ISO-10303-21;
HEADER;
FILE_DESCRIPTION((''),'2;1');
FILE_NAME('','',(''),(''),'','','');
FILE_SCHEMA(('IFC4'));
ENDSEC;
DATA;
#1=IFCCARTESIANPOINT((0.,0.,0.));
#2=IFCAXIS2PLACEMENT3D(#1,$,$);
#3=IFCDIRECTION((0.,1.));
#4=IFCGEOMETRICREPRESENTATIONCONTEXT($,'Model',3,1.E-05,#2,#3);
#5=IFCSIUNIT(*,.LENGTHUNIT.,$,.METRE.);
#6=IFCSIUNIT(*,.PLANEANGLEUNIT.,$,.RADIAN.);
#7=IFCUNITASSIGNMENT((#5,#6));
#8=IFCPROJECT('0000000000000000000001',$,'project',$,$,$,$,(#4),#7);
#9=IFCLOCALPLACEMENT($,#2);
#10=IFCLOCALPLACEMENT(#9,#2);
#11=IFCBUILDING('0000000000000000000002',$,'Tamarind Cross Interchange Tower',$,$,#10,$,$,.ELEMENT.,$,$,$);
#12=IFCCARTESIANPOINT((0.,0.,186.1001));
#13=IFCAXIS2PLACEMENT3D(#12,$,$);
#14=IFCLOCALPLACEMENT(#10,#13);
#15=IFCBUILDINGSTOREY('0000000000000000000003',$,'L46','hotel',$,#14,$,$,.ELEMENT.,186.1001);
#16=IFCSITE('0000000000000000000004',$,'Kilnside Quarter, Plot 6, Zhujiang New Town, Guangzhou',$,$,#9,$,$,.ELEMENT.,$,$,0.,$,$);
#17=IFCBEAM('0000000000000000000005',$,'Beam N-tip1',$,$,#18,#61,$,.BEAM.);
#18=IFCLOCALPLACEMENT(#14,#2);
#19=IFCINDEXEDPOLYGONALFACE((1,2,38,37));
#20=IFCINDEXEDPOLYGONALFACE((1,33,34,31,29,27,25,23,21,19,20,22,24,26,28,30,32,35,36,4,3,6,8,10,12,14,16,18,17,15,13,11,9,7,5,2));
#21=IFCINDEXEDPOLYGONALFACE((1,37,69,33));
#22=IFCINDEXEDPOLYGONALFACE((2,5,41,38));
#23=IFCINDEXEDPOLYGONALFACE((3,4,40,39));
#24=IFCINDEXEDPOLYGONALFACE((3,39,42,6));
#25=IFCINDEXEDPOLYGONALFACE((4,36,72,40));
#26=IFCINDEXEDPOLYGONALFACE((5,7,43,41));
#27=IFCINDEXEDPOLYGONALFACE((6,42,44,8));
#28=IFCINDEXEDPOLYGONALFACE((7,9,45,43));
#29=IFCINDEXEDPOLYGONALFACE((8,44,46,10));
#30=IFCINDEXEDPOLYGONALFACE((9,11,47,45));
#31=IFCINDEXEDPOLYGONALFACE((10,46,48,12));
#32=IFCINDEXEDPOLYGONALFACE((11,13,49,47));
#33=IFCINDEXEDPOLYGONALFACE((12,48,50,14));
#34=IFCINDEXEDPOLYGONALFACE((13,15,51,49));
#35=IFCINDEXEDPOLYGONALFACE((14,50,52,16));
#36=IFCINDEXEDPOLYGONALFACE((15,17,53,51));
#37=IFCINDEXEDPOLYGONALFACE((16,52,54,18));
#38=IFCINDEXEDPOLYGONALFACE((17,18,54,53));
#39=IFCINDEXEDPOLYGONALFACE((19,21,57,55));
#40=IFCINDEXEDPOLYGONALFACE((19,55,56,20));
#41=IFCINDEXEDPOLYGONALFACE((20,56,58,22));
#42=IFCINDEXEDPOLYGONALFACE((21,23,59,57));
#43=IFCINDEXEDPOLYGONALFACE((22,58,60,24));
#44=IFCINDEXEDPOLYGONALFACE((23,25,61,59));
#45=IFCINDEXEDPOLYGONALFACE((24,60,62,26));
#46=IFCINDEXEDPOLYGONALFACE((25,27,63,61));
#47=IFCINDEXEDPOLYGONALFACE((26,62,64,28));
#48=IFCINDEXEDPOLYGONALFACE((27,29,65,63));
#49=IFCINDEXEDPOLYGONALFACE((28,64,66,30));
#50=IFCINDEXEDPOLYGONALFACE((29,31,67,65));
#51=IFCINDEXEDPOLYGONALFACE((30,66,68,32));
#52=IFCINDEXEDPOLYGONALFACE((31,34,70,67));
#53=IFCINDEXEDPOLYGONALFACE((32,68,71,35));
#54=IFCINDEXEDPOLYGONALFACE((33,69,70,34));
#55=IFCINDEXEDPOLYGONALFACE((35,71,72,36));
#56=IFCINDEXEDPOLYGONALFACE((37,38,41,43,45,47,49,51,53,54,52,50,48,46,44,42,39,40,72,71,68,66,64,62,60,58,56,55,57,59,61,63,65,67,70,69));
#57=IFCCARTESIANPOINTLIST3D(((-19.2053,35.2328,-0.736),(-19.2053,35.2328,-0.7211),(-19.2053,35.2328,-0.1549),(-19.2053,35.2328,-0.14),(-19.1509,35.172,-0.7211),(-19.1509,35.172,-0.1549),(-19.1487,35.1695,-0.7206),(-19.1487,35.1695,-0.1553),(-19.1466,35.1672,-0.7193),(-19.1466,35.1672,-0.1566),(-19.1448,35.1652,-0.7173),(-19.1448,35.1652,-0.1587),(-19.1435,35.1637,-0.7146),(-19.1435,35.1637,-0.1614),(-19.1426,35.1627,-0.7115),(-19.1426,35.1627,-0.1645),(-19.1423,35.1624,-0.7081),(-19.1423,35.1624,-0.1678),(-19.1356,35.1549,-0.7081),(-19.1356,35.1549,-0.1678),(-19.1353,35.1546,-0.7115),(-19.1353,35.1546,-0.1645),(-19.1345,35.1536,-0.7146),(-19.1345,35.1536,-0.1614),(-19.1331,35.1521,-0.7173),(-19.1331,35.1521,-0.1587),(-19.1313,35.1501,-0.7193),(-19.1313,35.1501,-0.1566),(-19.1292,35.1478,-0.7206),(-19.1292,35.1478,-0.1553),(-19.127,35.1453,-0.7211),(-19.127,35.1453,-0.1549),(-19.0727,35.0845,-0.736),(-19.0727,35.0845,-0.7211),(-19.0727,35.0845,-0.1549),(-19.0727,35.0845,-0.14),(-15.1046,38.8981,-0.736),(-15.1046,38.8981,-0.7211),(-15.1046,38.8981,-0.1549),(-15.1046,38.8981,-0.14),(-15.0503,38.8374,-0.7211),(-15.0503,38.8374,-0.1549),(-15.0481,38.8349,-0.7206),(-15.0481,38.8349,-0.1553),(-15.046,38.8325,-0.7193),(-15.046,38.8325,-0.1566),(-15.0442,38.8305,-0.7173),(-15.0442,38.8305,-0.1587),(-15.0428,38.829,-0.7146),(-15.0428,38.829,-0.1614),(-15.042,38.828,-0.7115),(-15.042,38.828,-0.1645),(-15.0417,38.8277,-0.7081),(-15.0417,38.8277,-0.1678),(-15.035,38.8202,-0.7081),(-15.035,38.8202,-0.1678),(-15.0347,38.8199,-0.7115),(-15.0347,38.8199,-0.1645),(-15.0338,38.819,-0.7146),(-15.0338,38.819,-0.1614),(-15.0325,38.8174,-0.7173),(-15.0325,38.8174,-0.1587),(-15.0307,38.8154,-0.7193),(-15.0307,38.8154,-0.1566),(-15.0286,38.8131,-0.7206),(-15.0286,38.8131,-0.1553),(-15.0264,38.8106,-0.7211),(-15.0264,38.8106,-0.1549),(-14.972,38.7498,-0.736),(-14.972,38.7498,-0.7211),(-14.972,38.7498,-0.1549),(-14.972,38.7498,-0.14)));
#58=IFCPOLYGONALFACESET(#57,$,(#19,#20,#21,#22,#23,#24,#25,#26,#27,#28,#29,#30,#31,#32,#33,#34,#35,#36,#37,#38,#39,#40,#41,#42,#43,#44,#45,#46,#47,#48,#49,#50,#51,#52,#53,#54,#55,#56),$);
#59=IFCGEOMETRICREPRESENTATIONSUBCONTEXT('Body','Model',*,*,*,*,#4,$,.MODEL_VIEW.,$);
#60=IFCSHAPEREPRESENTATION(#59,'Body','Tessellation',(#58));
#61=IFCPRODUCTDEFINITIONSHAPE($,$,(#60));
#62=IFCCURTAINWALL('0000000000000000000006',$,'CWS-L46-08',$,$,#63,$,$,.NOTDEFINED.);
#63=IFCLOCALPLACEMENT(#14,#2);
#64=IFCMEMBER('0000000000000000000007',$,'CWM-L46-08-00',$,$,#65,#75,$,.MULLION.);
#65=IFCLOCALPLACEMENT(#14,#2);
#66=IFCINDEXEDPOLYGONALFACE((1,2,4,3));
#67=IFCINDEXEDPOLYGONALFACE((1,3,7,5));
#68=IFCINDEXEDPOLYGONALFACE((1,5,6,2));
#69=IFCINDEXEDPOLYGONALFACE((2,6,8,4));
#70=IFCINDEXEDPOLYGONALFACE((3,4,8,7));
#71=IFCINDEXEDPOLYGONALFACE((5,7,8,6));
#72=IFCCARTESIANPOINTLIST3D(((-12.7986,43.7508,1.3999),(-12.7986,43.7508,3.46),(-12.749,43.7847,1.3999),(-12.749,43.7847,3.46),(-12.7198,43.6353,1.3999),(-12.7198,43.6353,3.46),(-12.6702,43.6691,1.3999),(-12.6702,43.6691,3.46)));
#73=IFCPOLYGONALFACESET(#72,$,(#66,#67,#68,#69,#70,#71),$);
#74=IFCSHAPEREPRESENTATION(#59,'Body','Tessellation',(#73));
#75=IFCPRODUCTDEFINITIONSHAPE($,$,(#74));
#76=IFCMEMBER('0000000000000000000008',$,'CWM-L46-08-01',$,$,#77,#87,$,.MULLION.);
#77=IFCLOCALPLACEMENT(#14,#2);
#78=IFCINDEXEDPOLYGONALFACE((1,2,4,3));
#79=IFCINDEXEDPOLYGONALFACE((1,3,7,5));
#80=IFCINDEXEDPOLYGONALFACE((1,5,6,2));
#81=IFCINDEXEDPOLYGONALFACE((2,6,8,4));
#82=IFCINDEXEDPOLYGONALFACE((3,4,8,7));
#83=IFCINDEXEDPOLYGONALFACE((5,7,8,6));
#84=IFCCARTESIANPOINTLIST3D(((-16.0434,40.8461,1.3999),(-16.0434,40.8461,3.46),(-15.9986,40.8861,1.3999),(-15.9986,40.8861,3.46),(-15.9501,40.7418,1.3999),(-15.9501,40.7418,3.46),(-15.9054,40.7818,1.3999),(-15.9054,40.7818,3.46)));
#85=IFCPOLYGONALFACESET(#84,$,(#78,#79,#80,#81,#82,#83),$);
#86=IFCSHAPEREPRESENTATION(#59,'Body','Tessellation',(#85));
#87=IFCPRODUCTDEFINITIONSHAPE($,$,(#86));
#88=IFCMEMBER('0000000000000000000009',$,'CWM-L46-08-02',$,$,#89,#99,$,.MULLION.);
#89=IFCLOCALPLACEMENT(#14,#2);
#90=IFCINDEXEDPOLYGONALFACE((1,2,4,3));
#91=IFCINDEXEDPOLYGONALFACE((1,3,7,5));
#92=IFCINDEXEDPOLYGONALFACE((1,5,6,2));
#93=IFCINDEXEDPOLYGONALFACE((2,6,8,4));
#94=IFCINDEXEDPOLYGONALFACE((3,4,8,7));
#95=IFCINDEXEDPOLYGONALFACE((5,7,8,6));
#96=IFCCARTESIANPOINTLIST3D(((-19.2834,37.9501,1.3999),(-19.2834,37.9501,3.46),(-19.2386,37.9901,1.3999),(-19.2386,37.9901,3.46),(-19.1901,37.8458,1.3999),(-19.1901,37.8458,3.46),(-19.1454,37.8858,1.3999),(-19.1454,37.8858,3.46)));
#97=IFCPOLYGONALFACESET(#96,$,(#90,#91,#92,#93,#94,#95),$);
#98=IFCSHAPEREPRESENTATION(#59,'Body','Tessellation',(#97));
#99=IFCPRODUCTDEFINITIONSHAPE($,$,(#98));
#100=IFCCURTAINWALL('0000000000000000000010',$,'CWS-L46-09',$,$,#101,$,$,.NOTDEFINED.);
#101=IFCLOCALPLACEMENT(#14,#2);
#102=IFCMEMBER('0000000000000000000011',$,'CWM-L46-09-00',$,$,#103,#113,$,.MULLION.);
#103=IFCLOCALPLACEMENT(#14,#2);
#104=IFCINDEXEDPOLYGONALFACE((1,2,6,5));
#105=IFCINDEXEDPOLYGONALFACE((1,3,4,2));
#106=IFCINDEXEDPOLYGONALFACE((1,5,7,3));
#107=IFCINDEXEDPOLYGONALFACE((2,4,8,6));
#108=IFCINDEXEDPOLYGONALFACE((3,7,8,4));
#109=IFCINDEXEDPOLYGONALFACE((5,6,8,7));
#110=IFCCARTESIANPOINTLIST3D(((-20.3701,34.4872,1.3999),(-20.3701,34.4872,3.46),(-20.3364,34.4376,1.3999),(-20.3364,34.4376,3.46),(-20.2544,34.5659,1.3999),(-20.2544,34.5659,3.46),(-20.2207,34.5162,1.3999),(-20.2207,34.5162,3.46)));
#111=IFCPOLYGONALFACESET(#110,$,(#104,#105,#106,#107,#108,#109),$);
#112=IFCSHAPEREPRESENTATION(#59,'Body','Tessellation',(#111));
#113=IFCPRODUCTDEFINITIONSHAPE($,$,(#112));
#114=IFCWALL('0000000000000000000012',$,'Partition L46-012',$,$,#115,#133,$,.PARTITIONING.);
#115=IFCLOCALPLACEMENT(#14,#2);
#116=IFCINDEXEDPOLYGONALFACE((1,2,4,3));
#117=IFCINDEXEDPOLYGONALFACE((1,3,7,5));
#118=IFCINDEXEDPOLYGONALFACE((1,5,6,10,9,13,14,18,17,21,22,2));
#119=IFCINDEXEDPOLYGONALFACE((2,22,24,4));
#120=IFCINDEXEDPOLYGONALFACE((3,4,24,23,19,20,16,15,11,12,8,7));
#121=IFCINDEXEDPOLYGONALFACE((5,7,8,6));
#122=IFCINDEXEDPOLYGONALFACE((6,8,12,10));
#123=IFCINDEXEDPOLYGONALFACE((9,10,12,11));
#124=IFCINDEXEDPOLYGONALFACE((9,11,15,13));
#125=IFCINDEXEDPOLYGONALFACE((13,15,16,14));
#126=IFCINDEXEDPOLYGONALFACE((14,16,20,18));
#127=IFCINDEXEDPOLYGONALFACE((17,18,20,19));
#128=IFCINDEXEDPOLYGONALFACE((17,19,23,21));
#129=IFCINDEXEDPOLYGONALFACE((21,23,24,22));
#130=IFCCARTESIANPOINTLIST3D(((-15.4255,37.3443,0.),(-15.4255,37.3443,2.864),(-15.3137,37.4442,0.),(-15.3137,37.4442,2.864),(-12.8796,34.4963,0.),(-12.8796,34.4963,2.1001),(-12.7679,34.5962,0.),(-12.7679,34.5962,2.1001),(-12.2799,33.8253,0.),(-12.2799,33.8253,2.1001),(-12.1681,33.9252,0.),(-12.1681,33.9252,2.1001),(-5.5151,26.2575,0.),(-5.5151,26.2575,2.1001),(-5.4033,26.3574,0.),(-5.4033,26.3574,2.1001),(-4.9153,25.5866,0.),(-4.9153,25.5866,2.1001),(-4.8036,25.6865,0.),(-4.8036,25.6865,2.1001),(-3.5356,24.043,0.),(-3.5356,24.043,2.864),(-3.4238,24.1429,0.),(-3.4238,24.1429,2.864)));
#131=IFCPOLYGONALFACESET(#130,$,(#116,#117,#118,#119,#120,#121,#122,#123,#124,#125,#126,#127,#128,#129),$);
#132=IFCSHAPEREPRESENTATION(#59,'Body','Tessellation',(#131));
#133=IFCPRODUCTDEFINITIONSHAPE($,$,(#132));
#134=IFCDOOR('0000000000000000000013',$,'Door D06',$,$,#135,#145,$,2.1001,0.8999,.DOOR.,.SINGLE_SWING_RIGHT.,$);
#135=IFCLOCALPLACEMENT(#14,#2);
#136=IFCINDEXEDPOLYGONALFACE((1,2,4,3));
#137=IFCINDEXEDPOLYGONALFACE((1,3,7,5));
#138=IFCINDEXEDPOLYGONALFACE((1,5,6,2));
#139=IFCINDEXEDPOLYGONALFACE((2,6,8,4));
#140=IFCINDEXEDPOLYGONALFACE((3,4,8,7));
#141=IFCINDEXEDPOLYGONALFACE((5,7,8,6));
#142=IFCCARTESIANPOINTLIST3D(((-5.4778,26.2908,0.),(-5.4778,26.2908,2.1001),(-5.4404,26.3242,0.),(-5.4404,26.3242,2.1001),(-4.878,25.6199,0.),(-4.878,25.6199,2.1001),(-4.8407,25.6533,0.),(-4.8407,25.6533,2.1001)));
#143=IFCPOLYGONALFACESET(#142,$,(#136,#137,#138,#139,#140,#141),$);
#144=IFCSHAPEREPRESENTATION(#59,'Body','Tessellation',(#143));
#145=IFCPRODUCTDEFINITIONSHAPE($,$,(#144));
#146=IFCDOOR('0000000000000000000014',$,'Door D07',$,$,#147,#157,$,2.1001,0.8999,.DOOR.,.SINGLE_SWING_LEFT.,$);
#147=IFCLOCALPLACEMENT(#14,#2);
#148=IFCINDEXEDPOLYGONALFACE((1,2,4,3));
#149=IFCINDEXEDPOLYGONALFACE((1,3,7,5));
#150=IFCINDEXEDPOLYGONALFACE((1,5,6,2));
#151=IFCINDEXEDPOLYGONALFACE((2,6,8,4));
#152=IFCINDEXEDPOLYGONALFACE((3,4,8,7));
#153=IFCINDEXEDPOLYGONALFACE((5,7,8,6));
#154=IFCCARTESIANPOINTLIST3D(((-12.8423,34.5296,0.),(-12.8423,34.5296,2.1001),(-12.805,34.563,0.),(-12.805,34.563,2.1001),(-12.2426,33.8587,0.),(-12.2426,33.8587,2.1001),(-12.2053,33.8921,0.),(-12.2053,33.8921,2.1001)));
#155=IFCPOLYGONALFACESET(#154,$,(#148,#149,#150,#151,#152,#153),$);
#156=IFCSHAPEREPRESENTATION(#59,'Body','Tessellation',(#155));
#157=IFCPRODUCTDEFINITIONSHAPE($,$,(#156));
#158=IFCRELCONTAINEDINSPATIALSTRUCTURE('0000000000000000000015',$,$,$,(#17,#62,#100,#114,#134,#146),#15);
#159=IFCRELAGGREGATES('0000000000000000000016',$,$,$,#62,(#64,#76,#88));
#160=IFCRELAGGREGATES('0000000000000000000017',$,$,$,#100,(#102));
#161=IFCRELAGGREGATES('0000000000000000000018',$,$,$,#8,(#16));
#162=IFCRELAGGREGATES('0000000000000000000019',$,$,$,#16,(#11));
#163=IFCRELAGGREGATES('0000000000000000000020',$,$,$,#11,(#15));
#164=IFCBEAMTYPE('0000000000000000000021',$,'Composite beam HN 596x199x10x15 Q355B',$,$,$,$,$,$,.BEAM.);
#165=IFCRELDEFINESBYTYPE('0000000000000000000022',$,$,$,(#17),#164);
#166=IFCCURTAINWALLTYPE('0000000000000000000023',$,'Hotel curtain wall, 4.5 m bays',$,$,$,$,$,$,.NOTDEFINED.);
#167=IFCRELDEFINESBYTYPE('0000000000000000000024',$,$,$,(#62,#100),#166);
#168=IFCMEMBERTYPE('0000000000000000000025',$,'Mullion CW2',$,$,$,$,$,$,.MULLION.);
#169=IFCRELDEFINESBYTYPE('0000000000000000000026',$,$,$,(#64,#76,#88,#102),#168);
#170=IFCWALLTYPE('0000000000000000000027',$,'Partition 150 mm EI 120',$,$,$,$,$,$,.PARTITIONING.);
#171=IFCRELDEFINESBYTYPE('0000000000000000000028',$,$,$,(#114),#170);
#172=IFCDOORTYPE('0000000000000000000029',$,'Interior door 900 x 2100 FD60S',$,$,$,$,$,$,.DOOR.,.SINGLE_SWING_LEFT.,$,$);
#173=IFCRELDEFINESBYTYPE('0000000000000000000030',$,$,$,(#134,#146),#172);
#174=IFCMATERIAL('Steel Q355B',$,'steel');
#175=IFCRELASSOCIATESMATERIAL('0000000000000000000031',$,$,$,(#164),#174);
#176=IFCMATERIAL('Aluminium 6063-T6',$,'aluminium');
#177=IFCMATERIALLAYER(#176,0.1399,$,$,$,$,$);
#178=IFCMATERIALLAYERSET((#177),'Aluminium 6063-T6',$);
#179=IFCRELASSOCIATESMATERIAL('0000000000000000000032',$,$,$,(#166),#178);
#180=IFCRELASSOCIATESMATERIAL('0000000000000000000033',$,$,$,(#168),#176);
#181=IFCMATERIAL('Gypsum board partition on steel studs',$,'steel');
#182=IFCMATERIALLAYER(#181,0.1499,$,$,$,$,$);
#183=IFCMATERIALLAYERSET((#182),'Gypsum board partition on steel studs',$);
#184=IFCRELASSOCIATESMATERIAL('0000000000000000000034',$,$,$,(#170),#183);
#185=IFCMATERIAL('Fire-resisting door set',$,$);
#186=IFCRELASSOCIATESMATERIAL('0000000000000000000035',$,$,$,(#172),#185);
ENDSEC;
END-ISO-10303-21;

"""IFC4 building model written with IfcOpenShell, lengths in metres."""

from ifc_helpers import new_model, si_unit, direction, frame, frame_2d, origin, origin_2d, place, context, subcontext, project, spatial, rectangle, i_section, extrude, material, layer, layer_set, material_profile, profile_set, type_object, element, fill, aggregate, save


model = new_model("IFC4")

# Units and contexts
model_context = context("Model", 3, precision=1e-05, world=origin(), true_north=direction((0.0, 1.0)))
body_context = subcontext(model_context, "Body", "Model", "MODEL_VIEW")
ifc_project = project(units=[si_unit("LENGTHUNIT", "METRE"), si_unit("PLANEANGLEUNIT", "RADIAN")], contexts=[model_context])

# Site, building, storey
site_placement = place(None, origin())
site = spatial("IfcSite", under=ifc_project, at=site_placement, Name="Kilnside Quarter, Plot 6, Zhujiang New Town, Guangzhou", CompositionType="ELEMENT", RefElevation=0.0)
building_placement = place(site_placement, origin())
building = spatial("IfcBuilding", under=site, at=building_placement, Name="Tamarind Cross Interchange Tower", CompositionType="ELEMENT")
storey_placement = place(building_placement, frame((0.0, 0.0, 186.1001)))
storey = spatial("IfcBuildingStorey", under=building, at=storey_placement, Name="L46", Description="hotel", CompositionType="ELEMENT", Elevation=186.1001)

# Beam
ifc_material_1 = material(Name="Steel Q355B", Category="steel")
ifc_material_profile_1 = material_profile(ifc_material_1, i_section(OverallWidth=0.199, OverallDepth=0.5959, WebThickness=0.01, FlangeThickness=0.0149, FilletRadius=0.0129, at=origin_2d()), Name="HN 596x199x10x15")
ifc_profile_set_1 = profile_set([ifc_material_profile_1], Name="Steel Q355B")
beam_type_1 = type_object("IfcBeamType", Name="Composite beam HN 596x199x10x15 Q355B", PredefinedType="BEAM", material=ifc_profile_set_1)
beam_1_placement = place(storey_placement, frame((-15.0383, 38.824, -0.438), z_axis=(-0.745572, -0.666425, 0.0), x_axis=(0.666425, -0.745572, 0.0)))
element("IfcBeam", 1, at=beam_1_placement, inside=storey, type_object=beam_type_1, Name="Beam N-tip1", PredefinedType="BEAM", context=body_context, shape_type="SweptSolid", body=[
    extrude(i_section(OverallWidth=0.199, OverallDepth=0.5959, WebThickness=0.01, FlangeThickness=0.0149, FilletRadius=0.0129, at=origin_2d()), origin(), (0.0, 0.0, 1.0), 5.5),
])

# Curtain wall, members
ifc_material_2 = material(Name="Aluminium 6063-T6", Category="aluminium")
ifc_layer_1 = layer(ifc_material_2, 0.1399)
ifc_layer_set_1 = layer_set([ifc_layer_1], Name="Aluminium 6063-T6")
curtain_wall_type = type_object("IfcCurtainWallType", Name="Hotel curtain wall, 4.5 m bays", PredefinedType="NOTDEFINED", material=ifc_layer_set_1)
curtain_wall_1_placement = place(storey_placement, origin())
curtain_wall_1 = element("IfcCurtainWall", 2, at=curtain_wall_1_placement, inside=storey, type_object=curtain_wall_type, Name="CWS-L46-08", PredefinedType="NOTDEFINED")
ifc_material_profile_2 = material_profile(ifc_material_2, rectangle(XDim=0.0601, YDim=0.1399, at=origin_2d()), Name="Mullion CW2")
ifc_profile_set_2 = profile_set([ifc_material_profile_2], Name="Aluminium 6063-T6")
member_type = type_object("IfcMemberType", Name="Mullion CW2", PredefinedType="MULLION", material=ifc_profile_set_2)
member_1_placement = place(storey_placement, frame((-12.7344, 43.71, 1.3999), z_axis=(0.0, 0.0, 1.0), x_axis=(-0.826177, -0.563411, 0.0)))
member_1 = element("IfcMember", 3, at=member_1_placement, type_object=member_type, Name="CWM-L46-08-00", PredefinedType="MULLION", context=body_context, shape_type="SweptSolid", body=[
    extrude(rectangle(XDim=0.0601, YDim=0.1399, at=origin_2d()), origin(), (0.0, 0.0, 1.0), 2.0601),
])
member_2_placement = place(storey_placement, frame((-15.9744, 40.814, 1.3999), z_axis=(0.0, 0.0, 1.0), x_axis=(-0.745569, -0.666428, 0.0)))
member_2 = element("IfcMember", 4, at=member_2_placement, type_object=member_type, Name="CWM-L46-08-01", PredefinedType="MULLION", context=body_context, shape_type="SweptSolid", body=[
    extrude(rectangle(XDim=0.0601, YDim=0.1399, at=origin_2d()), origin(), (0.0, 0.0, 1.0), 2.0601),
])
member_3_placement = place(storey_placement, frame((-19.2144, 37.918, 1.3999), z_axis=(0.0, 0.0, 1.0), x_axis=(-0.745569, -0.666428, 0.0)))
member_3 = element("IfcMember", 5, at=member_3_placement, type_object=member_type, Name="CWM-L46-08-02", PredefinedType="MULLION", context=body_context, shape_type="SweptSolid", body=[
    extrude(rectangle(XDim=0.0601, YDim=0.1399, at=origin_2d()), origin(), (0.0, 0.0, 1.0), 2.0601),
])
aggregate(curtain_wall_1, [member_1, member_2, member_3])

# Curtain wall, member
curtain_wall_2_placement = place(storey_placement, origin())
curtain_wall_2 = element("IfcCurtainWall", 6, at=curtain_wall_2_placement, inside=storey, type_object=curtain_wall_type, Name="CWS-L46-09", PredefinedType="NOTDEFINED")
member_4_placement = place(storey_placement, frame((-20.2954, 34.5017, 1.3999), z_axis=(0.0, 0.0, 1.0), x_axis=(0.562039, -0.827111, 0.0)))
member_4 = element("IfcMember", 7, at=member_4_placement, type_object=member_type, Name="CWM-L46-09-00", PredefinedType="MULLION", context=body_context, shape_type="SweptSolid", body=[
    extrude(rectangle(XDim=0.0601, YDim=0.1399, at=origin_2d()), origin(), (0.0, 0.0, 1.0), 2.0601),
])
aggregate(curtain_wall_2, [member_4])

# Wall, openings, doors
ifc_material_3 = material(Name="Gypsum board partition on steel studs", Category="steel")
ifc_layer_2 = layer(ifc_material_3, 0.1499)
ifc_layer_set_2 = layer_set([ifc_layer_2], Name="Gypsum board partition on steel studs")
wall_type = type_object("IfcWallType", Name="Partition 150 mm EI 120", PredefinedType="PARTITIONING", material=ifc_layer_set_2)
wall_1_placement = place(storey_placement, frame((-15.3696, 37.3943, 0.0), z_axis=(0.0, 0.0, 1.0), x_axis=(0.666445, -0.745554, 0.0)))
wall_1 = element("IfcWall", 8, at=wall_1_placement, inside=storey, type_object=wall_type, Name="Partition L46-012", PredefinedType="PARTITIONING", context=body_context, shape_type="SweptSolid", body=[
    extrude(rectangle(XDim=17.8408, YDim=0.1499, at=frame_2d((8.9204, 0.0))), origin(), (0.0, 0.0, 1.0), 2.864),
])
opening_1_placement = place(wall_1_placement, frame((14.8706, 0.0, 0.0)))
opening_1 = element("IfcOpeningElement", 9, at=opening_1_placement, cuts=wall_1, PredefinedType="OPENING", context=body_context, shape_type="SweptSolid", body=[
    extrude(rectangle(XDim=0.8999, YDim=2.1001, at=frame_2d((0.45, 1.05))), frame((0.0, 0.085, 0.0), z_axis=(0.0, -1.0, 0.0), x_axis=(1.0, 0.0, 0.0)), (0.0, 0.0, 1.0), 0.1699),
])
opening_2_placement = place(wall_1_placement, frame((3.8201, 0.0, 0.0)))
opening_2 = element("IfcOpeningElement", 10, at=opening_2_placement, cuts=wall_1, PredefinedType="OPENING", context=body_context, shape_type="SweptSolid", body=[
    extrude(rectangle(XDim=0.8999, YDim=2.1001, at=frame_2d((0.45, 1.05))), frame((0.0, 0.085, 0.0), z_axis=(0.0, -1.0, 0.0), x_axis=(1.0, 0.0, 0.0)), (0.0, 0.0, 1.0), 0.1699),
])
ifc_material_4 = material(Name="Fire-resisting door set")
door_type_1 = type_object("IfcDoorType", Name="Interior door 900 x 2100 FD60S", OperationType="SINGLE_SWING_LEFT", PredefinedType="DOOR", material=ifc_material_4)
door_1_placement = place(opening_1_placement, frame((0.8999, 0.0, 0.0), z_axis=(0.0, 0.0, 1.0), x_axis=(-1.0, 0.0, 0.0)))
door_1 = element("IfcDoor", 11, at=door_1_placement, inside=storey, type_object=door_type_1, Name="Door D06", OperationType="SINGLE_SWING_RIGHT", OverallHeight=2.1001, OverallWidth=0.8999, PredefinedType="DOOR", context=body_context, shape_type="SweptSolid", body=[
    extrude(rectangle(XDim=0.8999, YDim=2.1001, at=frame_2d((0.45, 1.05))), frame((0.0, 0.0249, 0.0), z_axis=(0.0, -1.0, 0.0), x_axis=(1.0, 0.0, 0.0)), (0.0, 0.0, 1.0), 0.05),
])
fill(opening_1, door_1)
door_2_placement = place(opening_2_placement, frame((0.8999, 0.0, 0.0), z_axis=(0.0, 0.0, 1.0), x_axis=(-1.0, 0.0, 0.0)))
door_2 = element("IfcDoor", 12, at=door_2_placement, inside=storey, type_object=door_type_1, Name="Door D07", OperationType="SINGLE_SWING_LEFT", OverallHeight=2.1001, OverallWidth=0.8999, PredefinedType="DOOR", context=body_context, shape_type="SweptSolid", body=[
    extrude(rectangle(XDim=0.8999, YDim=2.1001, at=frame_2d((0.45, 1.05))), frame((0.0, 0.0249, 0.0), z_axis=(0.0, -1.0, 0.0), x_axis=(1.0, 0.0, 0.0)), (0.0, 0.0, 1.0), 0.05),
])
fill(opening_2, door_2)

save(model, "model.ifc")
